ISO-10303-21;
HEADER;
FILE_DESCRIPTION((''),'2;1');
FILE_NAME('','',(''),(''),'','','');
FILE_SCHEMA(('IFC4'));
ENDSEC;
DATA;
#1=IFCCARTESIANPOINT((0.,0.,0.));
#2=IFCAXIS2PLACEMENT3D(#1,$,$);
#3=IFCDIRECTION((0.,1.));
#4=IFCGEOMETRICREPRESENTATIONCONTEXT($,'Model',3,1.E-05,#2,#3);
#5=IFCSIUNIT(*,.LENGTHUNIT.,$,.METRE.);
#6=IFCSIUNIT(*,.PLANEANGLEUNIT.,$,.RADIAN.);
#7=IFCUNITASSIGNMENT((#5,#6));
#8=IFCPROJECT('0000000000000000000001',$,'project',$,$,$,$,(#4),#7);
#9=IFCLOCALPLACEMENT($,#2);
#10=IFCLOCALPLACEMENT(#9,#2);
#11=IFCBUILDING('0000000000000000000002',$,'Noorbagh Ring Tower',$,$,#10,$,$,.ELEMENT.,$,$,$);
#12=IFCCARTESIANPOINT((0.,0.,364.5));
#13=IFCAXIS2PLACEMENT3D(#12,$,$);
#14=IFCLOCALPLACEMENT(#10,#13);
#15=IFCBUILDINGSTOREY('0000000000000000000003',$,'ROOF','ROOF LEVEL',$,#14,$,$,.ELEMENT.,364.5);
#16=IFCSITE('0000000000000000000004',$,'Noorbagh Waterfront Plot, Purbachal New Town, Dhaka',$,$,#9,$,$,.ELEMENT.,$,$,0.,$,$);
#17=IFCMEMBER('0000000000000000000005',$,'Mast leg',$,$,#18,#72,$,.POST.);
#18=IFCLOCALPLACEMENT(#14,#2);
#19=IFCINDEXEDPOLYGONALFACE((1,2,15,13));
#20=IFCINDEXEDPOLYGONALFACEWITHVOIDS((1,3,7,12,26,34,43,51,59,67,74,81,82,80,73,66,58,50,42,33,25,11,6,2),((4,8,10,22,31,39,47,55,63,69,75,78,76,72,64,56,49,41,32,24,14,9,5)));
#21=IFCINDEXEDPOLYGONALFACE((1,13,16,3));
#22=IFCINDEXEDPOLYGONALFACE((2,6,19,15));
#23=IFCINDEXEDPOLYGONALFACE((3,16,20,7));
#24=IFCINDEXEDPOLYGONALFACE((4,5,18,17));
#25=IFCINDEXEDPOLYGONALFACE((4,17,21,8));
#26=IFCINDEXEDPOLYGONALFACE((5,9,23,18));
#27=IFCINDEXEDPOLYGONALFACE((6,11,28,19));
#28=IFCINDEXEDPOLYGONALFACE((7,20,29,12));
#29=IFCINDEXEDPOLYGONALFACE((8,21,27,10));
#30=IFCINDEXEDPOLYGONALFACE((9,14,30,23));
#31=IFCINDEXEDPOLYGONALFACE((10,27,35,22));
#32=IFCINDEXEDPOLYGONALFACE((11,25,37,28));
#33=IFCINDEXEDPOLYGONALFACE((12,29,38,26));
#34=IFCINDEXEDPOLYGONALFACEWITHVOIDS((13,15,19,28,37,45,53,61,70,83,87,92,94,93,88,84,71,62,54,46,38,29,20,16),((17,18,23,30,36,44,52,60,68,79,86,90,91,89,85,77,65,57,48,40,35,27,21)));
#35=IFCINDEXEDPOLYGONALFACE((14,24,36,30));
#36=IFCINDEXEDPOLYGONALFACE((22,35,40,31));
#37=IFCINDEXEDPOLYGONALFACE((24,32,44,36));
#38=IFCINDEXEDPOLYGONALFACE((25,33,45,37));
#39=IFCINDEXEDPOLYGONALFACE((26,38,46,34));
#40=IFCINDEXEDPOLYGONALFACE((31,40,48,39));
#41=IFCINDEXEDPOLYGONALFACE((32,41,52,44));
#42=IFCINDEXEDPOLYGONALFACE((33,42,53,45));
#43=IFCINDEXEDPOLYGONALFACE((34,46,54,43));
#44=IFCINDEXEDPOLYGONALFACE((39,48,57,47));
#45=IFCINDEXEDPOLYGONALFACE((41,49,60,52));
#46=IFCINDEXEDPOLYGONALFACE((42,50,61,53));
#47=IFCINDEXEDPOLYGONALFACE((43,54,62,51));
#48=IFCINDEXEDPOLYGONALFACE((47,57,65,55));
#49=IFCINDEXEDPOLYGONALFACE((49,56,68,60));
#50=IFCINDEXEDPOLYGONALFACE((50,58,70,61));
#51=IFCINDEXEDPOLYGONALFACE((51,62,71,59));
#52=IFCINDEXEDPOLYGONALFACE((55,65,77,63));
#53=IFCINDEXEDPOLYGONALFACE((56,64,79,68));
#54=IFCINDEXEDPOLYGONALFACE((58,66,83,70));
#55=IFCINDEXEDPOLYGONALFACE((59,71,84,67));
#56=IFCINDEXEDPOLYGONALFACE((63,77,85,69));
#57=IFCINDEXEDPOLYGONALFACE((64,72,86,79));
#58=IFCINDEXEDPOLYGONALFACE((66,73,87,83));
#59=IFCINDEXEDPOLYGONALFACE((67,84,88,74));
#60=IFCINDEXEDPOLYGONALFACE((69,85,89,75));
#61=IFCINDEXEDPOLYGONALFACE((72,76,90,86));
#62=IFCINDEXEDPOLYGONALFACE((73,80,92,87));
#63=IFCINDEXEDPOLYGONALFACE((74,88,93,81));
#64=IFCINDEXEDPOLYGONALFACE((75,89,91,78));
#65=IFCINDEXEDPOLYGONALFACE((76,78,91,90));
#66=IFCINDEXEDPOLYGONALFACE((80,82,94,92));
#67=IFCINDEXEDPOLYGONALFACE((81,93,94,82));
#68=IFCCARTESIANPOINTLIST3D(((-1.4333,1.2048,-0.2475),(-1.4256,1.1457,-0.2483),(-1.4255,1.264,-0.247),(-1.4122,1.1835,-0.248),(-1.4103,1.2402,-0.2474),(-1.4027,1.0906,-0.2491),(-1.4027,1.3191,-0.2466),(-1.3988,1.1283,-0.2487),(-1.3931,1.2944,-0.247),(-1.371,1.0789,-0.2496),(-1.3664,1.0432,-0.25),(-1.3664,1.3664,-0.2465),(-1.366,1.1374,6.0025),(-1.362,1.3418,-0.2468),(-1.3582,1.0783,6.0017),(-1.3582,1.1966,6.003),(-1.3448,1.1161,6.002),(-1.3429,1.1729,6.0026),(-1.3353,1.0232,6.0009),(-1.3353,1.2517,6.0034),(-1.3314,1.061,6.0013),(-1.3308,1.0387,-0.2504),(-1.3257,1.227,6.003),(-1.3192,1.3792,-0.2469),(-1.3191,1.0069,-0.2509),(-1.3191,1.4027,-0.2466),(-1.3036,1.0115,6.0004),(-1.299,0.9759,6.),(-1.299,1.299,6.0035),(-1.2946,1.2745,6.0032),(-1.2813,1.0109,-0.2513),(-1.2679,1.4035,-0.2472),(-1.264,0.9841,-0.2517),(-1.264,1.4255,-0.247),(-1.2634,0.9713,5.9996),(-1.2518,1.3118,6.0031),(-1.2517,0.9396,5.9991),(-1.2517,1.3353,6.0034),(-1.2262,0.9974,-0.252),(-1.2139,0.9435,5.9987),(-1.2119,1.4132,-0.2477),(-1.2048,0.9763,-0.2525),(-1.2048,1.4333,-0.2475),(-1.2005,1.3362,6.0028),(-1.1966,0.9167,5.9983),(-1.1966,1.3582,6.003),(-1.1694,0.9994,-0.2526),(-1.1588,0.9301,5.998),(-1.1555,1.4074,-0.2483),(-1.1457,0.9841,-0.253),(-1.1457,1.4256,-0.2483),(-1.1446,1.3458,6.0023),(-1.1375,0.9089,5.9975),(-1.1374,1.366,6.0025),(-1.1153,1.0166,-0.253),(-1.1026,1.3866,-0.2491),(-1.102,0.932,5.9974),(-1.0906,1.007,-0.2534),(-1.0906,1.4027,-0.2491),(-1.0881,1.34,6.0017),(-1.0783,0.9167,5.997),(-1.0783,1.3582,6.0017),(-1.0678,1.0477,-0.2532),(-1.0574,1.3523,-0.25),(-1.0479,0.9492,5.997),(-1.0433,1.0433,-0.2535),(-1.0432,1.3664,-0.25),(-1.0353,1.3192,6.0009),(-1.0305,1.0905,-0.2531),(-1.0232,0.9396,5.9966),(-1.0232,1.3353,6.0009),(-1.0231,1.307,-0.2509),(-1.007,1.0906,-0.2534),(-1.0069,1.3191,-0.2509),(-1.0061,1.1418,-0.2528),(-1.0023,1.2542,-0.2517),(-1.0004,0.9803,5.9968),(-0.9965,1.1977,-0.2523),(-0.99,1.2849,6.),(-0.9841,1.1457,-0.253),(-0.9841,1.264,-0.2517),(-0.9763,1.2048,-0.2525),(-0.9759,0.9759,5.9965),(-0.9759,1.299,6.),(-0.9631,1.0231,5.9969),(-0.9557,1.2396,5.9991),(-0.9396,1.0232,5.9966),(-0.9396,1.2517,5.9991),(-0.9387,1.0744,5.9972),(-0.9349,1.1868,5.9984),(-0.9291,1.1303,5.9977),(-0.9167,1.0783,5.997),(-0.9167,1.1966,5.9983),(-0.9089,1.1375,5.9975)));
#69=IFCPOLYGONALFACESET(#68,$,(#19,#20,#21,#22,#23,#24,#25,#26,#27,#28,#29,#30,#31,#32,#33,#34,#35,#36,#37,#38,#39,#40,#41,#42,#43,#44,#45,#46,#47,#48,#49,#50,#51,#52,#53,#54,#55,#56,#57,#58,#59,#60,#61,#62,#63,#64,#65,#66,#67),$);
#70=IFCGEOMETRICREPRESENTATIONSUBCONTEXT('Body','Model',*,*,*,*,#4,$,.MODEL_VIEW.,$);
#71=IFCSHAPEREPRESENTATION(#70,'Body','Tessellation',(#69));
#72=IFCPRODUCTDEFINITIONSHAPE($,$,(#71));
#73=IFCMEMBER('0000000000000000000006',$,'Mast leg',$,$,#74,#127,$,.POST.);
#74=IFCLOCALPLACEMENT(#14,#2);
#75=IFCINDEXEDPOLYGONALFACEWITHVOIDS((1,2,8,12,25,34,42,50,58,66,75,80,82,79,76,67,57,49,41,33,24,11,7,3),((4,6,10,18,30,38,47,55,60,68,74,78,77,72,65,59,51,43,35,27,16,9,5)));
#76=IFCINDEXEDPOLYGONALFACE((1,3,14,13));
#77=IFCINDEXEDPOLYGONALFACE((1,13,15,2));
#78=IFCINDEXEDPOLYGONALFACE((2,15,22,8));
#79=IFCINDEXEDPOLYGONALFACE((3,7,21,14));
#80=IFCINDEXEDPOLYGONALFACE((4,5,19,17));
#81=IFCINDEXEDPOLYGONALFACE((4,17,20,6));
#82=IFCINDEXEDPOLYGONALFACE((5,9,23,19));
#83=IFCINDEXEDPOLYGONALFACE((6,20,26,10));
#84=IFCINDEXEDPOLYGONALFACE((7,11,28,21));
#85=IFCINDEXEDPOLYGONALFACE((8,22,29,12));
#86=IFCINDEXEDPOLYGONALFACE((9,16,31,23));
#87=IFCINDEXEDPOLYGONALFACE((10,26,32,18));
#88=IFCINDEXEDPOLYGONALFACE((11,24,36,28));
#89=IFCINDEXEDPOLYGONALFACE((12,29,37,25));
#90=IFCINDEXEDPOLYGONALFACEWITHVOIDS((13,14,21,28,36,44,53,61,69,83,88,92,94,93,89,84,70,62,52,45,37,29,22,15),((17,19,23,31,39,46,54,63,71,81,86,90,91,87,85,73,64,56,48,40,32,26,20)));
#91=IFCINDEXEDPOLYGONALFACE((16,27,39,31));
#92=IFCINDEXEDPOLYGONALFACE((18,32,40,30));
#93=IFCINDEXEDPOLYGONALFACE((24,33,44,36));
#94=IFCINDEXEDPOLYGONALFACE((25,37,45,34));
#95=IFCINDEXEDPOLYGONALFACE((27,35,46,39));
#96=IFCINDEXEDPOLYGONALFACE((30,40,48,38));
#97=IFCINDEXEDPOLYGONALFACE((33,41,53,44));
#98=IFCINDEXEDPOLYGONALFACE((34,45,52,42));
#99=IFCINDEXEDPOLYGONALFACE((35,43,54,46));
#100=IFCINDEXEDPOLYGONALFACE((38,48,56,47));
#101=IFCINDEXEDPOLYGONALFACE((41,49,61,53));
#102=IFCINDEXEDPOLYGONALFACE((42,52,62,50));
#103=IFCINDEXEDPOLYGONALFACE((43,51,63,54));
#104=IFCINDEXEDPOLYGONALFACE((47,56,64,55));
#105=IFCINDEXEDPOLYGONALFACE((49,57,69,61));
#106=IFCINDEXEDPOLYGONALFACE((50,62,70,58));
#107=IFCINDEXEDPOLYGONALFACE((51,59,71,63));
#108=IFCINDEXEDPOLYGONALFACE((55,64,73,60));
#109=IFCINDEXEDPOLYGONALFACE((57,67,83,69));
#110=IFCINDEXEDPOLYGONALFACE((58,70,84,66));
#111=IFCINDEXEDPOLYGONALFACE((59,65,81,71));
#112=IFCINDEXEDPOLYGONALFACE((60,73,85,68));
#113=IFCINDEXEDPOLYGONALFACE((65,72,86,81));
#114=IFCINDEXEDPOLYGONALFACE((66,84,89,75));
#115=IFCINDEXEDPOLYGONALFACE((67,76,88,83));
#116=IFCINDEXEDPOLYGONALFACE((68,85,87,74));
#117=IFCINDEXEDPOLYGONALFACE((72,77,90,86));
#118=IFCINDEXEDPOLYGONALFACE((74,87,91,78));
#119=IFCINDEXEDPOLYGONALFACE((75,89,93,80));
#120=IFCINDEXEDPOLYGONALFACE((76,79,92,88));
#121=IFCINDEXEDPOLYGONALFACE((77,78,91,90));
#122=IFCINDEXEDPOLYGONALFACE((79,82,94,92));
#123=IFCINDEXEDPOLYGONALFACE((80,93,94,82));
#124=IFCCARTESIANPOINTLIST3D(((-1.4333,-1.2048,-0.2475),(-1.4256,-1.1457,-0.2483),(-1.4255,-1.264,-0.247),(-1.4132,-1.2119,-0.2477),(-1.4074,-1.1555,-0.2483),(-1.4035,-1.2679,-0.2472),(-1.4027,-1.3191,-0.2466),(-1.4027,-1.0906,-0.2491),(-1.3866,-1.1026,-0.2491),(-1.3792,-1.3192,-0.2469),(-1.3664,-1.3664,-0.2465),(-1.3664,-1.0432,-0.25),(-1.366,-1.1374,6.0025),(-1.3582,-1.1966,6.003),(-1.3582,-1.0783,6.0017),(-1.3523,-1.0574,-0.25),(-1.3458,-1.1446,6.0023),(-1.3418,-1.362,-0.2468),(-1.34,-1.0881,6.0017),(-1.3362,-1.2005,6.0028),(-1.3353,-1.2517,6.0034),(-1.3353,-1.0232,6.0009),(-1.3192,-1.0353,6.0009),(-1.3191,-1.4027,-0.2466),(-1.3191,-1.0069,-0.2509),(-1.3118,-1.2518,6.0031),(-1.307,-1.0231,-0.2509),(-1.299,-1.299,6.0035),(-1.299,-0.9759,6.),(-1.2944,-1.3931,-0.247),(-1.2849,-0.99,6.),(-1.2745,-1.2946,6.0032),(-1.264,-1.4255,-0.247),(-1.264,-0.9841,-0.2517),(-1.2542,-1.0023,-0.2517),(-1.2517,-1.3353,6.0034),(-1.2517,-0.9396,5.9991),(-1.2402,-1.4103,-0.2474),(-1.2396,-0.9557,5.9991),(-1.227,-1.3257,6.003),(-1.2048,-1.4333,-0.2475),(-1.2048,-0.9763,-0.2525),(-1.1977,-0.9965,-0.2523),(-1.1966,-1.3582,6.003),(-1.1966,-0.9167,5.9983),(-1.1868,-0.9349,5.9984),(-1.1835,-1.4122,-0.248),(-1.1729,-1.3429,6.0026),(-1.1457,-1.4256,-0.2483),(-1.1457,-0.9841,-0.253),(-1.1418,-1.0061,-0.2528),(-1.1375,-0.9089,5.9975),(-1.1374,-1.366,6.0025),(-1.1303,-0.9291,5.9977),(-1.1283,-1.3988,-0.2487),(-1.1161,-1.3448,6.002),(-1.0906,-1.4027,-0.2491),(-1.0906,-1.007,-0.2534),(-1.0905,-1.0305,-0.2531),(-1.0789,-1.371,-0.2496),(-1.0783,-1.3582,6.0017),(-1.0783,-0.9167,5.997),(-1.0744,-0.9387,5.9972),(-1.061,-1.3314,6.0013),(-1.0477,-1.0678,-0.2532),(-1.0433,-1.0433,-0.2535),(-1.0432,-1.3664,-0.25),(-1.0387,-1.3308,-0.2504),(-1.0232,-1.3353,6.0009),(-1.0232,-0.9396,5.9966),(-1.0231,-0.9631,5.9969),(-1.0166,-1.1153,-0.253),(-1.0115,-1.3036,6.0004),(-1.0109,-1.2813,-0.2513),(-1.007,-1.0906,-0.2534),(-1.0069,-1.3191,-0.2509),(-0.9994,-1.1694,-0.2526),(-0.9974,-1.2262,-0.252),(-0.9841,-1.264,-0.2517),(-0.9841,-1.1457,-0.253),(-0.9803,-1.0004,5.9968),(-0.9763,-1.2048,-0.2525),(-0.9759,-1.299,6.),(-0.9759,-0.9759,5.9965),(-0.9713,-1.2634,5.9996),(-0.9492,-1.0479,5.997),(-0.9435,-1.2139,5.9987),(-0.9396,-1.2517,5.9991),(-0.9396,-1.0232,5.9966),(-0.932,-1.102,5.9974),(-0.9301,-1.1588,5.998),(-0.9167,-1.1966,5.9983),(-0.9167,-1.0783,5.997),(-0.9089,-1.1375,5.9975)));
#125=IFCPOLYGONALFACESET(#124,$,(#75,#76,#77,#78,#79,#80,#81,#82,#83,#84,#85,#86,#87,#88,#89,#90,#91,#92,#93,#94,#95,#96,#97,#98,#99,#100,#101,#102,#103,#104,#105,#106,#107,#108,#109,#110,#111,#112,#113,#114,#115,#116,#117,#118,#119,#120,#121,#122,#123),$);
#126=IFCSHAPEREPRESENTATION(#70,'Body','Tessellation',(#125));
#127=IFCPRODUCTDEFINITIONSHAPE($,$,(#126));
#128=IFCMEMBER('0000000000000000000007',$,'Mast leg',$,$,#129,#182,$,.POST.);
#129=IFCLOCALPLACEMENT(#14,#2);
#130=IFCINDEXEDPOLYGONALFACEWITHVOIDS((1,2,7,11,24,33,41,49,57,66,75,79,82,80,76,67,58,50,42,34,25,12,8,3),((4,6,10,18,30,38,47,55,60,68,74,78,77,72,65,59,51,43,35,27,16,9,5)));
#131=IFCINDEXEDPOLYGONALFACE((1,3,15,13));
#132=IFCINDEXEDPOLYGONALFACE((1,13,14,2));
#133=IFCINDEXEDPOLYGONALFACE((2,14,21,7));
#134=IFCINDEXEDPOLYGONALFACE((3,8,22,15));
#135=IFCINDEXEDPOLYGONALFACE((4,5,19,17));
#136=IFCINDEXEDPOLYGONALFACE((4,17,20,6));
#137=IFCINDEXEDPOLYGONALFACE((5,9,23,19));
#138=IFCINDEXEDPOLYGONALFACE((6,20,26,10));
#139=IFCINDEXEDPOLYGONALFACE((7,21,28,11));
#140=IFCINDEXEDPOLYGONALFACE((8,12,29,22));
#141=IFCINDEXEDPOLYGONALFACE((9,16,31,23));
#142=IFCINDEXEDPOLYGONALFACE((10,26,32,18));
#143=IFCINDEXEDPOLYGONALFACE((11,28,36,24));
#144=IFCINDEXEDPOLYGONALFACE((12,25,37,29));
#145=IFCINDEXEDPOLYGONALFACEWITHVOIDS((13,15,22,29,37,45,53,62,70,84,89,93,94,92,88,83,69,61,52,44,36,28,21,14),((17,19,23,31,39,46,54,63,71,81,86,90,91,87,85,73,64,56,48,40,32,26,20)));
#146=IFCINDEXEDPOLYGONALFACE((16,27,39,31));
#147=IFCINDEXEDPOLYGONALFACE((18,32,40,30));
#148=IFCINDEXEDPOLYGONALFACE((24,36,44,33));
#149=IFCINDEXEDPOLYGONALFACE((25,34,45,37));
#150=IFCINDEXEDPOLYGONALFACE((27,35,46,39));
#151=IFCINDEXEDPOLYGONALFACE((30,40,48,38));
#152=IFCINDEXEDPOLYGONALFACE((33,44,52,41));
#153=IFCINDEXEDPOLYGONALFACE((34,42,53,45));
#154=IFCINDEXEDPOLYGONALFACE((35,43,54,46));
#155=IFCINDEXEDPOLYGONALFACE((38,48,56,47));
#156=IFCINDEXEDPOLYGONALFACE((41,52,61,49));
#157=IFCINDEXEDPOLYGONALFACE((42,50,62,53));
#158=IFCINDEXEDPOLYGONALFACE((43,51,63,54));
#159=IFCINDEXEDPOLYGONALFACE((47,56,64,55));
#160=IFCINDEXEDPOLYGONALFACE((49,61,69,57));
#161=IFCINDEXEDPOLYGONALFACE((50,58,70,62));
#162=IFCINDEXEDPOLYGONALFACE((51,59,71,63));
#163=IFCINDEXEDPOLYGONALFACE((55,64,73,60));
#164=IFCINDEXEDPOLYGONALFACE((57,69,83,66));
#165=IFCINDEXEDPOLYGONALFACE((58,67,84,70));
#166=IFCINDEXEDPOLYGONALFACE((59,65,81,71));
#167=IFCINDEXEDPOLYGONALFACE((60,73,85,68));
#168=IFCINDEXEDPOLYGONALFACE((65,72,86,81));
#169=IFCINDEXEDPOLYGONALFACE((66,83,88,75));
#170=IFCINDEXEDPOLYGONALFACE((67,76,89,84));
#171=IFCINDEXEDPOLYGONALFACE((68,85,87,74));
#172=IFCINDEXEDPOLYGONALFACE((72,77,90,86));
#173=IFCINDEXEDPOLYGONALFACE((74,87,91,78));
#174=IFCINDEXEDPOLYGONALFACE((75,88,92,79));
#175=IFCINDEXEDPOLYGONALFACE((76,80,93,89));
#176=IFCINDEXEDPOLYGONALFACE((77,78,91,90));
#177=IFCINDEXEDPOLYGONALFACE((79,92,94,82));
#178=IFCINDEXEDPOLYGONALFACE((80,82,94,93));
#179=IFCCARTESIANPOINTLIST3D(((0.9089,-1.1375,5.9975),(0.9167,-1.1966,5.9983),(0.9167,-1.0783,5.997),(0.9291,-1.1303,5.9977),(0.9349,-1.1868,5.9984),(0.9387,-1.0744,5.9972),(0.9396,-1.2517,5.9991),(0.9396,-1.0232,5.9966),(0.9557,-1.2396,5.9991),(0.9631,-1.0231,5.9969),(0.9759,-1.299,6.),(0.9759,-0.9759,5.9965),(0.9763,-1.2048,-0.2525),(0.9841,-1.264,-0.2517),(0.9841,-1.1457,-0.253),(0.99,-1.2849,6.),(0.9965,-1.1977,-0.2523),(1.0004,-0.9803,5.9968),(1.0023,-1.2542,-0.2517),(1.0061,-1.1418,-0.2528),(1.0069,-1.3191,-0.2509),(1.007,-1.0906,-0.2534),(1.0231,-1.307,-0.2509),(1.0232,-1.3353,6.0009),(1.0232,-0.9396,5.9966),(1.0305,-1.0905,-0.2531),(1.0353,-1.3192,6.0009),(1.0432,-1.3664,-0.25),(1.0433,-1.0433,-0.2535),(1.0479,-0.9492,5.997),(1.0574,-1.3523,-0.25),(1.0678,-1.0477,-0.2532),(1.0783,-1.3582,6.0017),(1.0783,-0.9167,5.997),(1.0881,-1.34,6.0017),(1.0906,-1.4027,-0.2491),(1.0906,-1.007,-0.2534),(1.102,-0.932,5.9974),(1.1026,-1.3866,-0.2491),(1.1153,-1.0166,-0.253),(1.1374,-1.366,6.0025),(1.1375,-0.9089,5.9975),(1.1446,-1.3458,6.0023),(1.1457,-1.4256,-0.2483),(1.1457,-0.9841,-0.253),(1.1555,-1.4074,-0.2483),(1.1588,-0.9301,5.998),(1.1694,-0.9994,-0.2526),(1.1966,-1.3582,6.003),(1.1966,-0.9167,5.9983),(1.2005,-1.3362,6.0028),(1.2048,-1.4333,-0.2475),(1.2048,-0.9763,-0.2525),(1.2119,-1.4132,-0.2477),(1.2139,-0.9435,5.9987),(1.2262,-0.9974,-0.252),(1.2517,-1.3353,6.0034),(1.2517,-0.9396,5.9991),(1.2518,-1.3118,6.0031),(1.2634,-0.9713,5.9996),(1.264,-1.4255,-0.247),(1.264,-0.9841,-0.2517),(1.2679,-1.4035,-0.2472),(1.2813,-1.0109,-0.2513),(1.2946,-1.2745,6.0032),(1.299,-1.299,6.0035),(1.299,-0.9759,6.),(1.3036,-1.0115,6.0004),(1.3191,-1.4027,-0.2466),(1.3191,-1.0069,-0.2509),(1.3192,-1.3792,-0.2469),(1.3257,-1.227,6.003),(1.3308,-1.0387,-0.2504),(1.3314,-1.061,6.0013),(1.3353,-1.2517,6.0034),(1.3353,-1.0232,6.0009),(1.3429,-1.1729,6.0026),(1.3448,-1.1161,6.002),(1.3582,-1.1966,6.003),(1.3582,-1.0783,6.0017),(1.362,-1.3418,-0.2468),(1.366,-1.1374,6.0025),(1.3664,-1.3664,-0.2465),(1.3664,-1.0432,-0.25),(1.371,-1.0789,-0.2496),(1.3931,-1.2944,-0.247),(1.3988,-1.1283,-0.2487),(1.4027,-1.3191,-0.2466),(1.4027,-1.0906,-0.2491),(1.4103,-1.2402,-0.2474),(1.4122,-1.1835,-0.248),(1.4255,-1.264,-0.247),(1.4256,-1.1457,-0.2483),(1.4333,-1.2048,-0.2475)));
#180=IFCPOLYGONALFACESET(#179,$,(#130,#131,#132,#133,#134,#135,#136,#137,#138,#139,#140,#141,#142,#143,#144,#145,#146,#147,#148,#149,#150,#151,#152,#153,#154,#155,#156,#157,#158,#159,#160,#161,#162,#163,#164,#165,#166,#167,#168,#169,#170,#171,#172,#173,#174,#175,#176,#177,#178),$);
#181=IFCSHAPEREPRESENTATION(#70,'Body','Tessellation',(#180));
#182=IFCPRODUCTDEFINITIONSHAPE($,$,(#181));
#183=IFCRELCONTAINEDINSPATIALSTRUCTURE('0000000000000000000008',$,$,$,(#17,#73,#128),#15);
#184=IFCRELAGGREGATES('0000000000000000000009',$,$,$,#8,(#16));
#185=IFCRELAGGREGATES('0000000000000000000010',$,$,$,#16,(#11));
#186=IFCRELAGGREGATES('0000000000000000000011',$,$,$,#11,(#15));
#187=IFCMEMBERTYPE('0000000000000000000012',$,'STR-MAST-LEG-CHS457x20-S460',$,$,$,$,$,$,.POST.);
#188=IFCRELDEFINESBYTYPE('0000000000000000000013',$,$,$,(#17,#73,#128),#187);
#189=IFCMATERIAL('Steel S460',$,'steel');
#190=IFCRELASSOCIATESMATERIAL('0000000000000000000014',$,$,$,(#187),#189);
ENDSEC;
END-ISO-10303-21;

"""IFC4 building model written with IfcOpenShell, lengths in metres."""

from ifc_helpers import new_model, si_unit, direction, frame, origin, origin_2d, place, context, subcontext, project, spatial, hollow_circle, extrude, material, material_profile, profile_set, type_object, element, save


model = new_model("IFC4")

# Units and contexts
model_context = context("Model", 3, precision=1e-05, world=origin(), true_north=direction((0.0, 1.0)))
body_context = subcontext(model_context, "Body", "Model", "MODEL_VIEW")
ifc_project = project(units=[si_unit("LENGTHUNIT", "METRE"), si_unit("PLANEANGLEUNIT", "RADIAN")], contexts=[model_context])

# Site, building, storey
site_placement = place(None, origin())
site = spatial("IfcSite", under=ifc_project, at=site_placement, Name="Noorbagh Waterfront Plot, Purbachal New Town, Dhaka", CompositionType="ELEMENT", RefElevation=0.0)
building_placement = place(site_placement, origin())
building = spatial("IfcBuilding", under=site, at=building_placement, Name="Noorbagh Ring Tower", CompositionType="ELEMENT")
storey_placement = place(building_placement, frame((0.0, 0.0, 364.5)))
storey = spatial("IfcBuildingStorey", under=building, at=storey_placement, Name="ROOF", Description="ROOF LEVEL", CompositionType="ELEMENT", Elevation=364.5)

# Members
ifc_material_1 = material(Name="Steel S460", Category="steel")
ifc_material_profile_1 = material_profile(ifc_material_1, hollow_circle(Radius=0.2285, WallThickness=0.02, at=origin_2d()), Name="CHS457x20")
ifc_profile_set_1 = profile_set([ifc_material_profile_1], Name="Steel S460")
member_type_1 = type_object("IfcMemberType", Name="STR-MAST-LEG-CHS457x20-S460", PredefinedType="POST", material=ifc_profile_set_1)
for number, where, z_axis, x_axis, name in (
    (1, (-1.2048, 1.2048, -0.25), (0.01078, -0.01078, 0.999884), (0.707107, 0.707107, 0.0), "Mast leg"),
    (2, (-1.2048, -1.2048, -0.25), (0.01078, 0.01078, 0.999884), (-0.707107, 0.707107, 0.0), "Mast leg"),
    (3, (1.2048, -1.2048, -0.25), (-0.01078, 0.01078, 0.999884), (-0.707107, -0.707107, 0.0), "Mast leg"),
):
    element("IfcMember", number, at=place(storey_placement, frame(where, z_axis=z_axis, x_axis=x_axis)), inside=storey, type_object=member_type_1, Name=name, PredefinedType="POST", context=body_context, shape_type="SweptSolid", body=[
        extrude(hollow_circle(Radius=0.2285, WallThickness=0.02, at=origin_2d()), origin(), (0.0, 0.0, 1.0), 6.2507),
    ])

save(model, "model.ifc")
